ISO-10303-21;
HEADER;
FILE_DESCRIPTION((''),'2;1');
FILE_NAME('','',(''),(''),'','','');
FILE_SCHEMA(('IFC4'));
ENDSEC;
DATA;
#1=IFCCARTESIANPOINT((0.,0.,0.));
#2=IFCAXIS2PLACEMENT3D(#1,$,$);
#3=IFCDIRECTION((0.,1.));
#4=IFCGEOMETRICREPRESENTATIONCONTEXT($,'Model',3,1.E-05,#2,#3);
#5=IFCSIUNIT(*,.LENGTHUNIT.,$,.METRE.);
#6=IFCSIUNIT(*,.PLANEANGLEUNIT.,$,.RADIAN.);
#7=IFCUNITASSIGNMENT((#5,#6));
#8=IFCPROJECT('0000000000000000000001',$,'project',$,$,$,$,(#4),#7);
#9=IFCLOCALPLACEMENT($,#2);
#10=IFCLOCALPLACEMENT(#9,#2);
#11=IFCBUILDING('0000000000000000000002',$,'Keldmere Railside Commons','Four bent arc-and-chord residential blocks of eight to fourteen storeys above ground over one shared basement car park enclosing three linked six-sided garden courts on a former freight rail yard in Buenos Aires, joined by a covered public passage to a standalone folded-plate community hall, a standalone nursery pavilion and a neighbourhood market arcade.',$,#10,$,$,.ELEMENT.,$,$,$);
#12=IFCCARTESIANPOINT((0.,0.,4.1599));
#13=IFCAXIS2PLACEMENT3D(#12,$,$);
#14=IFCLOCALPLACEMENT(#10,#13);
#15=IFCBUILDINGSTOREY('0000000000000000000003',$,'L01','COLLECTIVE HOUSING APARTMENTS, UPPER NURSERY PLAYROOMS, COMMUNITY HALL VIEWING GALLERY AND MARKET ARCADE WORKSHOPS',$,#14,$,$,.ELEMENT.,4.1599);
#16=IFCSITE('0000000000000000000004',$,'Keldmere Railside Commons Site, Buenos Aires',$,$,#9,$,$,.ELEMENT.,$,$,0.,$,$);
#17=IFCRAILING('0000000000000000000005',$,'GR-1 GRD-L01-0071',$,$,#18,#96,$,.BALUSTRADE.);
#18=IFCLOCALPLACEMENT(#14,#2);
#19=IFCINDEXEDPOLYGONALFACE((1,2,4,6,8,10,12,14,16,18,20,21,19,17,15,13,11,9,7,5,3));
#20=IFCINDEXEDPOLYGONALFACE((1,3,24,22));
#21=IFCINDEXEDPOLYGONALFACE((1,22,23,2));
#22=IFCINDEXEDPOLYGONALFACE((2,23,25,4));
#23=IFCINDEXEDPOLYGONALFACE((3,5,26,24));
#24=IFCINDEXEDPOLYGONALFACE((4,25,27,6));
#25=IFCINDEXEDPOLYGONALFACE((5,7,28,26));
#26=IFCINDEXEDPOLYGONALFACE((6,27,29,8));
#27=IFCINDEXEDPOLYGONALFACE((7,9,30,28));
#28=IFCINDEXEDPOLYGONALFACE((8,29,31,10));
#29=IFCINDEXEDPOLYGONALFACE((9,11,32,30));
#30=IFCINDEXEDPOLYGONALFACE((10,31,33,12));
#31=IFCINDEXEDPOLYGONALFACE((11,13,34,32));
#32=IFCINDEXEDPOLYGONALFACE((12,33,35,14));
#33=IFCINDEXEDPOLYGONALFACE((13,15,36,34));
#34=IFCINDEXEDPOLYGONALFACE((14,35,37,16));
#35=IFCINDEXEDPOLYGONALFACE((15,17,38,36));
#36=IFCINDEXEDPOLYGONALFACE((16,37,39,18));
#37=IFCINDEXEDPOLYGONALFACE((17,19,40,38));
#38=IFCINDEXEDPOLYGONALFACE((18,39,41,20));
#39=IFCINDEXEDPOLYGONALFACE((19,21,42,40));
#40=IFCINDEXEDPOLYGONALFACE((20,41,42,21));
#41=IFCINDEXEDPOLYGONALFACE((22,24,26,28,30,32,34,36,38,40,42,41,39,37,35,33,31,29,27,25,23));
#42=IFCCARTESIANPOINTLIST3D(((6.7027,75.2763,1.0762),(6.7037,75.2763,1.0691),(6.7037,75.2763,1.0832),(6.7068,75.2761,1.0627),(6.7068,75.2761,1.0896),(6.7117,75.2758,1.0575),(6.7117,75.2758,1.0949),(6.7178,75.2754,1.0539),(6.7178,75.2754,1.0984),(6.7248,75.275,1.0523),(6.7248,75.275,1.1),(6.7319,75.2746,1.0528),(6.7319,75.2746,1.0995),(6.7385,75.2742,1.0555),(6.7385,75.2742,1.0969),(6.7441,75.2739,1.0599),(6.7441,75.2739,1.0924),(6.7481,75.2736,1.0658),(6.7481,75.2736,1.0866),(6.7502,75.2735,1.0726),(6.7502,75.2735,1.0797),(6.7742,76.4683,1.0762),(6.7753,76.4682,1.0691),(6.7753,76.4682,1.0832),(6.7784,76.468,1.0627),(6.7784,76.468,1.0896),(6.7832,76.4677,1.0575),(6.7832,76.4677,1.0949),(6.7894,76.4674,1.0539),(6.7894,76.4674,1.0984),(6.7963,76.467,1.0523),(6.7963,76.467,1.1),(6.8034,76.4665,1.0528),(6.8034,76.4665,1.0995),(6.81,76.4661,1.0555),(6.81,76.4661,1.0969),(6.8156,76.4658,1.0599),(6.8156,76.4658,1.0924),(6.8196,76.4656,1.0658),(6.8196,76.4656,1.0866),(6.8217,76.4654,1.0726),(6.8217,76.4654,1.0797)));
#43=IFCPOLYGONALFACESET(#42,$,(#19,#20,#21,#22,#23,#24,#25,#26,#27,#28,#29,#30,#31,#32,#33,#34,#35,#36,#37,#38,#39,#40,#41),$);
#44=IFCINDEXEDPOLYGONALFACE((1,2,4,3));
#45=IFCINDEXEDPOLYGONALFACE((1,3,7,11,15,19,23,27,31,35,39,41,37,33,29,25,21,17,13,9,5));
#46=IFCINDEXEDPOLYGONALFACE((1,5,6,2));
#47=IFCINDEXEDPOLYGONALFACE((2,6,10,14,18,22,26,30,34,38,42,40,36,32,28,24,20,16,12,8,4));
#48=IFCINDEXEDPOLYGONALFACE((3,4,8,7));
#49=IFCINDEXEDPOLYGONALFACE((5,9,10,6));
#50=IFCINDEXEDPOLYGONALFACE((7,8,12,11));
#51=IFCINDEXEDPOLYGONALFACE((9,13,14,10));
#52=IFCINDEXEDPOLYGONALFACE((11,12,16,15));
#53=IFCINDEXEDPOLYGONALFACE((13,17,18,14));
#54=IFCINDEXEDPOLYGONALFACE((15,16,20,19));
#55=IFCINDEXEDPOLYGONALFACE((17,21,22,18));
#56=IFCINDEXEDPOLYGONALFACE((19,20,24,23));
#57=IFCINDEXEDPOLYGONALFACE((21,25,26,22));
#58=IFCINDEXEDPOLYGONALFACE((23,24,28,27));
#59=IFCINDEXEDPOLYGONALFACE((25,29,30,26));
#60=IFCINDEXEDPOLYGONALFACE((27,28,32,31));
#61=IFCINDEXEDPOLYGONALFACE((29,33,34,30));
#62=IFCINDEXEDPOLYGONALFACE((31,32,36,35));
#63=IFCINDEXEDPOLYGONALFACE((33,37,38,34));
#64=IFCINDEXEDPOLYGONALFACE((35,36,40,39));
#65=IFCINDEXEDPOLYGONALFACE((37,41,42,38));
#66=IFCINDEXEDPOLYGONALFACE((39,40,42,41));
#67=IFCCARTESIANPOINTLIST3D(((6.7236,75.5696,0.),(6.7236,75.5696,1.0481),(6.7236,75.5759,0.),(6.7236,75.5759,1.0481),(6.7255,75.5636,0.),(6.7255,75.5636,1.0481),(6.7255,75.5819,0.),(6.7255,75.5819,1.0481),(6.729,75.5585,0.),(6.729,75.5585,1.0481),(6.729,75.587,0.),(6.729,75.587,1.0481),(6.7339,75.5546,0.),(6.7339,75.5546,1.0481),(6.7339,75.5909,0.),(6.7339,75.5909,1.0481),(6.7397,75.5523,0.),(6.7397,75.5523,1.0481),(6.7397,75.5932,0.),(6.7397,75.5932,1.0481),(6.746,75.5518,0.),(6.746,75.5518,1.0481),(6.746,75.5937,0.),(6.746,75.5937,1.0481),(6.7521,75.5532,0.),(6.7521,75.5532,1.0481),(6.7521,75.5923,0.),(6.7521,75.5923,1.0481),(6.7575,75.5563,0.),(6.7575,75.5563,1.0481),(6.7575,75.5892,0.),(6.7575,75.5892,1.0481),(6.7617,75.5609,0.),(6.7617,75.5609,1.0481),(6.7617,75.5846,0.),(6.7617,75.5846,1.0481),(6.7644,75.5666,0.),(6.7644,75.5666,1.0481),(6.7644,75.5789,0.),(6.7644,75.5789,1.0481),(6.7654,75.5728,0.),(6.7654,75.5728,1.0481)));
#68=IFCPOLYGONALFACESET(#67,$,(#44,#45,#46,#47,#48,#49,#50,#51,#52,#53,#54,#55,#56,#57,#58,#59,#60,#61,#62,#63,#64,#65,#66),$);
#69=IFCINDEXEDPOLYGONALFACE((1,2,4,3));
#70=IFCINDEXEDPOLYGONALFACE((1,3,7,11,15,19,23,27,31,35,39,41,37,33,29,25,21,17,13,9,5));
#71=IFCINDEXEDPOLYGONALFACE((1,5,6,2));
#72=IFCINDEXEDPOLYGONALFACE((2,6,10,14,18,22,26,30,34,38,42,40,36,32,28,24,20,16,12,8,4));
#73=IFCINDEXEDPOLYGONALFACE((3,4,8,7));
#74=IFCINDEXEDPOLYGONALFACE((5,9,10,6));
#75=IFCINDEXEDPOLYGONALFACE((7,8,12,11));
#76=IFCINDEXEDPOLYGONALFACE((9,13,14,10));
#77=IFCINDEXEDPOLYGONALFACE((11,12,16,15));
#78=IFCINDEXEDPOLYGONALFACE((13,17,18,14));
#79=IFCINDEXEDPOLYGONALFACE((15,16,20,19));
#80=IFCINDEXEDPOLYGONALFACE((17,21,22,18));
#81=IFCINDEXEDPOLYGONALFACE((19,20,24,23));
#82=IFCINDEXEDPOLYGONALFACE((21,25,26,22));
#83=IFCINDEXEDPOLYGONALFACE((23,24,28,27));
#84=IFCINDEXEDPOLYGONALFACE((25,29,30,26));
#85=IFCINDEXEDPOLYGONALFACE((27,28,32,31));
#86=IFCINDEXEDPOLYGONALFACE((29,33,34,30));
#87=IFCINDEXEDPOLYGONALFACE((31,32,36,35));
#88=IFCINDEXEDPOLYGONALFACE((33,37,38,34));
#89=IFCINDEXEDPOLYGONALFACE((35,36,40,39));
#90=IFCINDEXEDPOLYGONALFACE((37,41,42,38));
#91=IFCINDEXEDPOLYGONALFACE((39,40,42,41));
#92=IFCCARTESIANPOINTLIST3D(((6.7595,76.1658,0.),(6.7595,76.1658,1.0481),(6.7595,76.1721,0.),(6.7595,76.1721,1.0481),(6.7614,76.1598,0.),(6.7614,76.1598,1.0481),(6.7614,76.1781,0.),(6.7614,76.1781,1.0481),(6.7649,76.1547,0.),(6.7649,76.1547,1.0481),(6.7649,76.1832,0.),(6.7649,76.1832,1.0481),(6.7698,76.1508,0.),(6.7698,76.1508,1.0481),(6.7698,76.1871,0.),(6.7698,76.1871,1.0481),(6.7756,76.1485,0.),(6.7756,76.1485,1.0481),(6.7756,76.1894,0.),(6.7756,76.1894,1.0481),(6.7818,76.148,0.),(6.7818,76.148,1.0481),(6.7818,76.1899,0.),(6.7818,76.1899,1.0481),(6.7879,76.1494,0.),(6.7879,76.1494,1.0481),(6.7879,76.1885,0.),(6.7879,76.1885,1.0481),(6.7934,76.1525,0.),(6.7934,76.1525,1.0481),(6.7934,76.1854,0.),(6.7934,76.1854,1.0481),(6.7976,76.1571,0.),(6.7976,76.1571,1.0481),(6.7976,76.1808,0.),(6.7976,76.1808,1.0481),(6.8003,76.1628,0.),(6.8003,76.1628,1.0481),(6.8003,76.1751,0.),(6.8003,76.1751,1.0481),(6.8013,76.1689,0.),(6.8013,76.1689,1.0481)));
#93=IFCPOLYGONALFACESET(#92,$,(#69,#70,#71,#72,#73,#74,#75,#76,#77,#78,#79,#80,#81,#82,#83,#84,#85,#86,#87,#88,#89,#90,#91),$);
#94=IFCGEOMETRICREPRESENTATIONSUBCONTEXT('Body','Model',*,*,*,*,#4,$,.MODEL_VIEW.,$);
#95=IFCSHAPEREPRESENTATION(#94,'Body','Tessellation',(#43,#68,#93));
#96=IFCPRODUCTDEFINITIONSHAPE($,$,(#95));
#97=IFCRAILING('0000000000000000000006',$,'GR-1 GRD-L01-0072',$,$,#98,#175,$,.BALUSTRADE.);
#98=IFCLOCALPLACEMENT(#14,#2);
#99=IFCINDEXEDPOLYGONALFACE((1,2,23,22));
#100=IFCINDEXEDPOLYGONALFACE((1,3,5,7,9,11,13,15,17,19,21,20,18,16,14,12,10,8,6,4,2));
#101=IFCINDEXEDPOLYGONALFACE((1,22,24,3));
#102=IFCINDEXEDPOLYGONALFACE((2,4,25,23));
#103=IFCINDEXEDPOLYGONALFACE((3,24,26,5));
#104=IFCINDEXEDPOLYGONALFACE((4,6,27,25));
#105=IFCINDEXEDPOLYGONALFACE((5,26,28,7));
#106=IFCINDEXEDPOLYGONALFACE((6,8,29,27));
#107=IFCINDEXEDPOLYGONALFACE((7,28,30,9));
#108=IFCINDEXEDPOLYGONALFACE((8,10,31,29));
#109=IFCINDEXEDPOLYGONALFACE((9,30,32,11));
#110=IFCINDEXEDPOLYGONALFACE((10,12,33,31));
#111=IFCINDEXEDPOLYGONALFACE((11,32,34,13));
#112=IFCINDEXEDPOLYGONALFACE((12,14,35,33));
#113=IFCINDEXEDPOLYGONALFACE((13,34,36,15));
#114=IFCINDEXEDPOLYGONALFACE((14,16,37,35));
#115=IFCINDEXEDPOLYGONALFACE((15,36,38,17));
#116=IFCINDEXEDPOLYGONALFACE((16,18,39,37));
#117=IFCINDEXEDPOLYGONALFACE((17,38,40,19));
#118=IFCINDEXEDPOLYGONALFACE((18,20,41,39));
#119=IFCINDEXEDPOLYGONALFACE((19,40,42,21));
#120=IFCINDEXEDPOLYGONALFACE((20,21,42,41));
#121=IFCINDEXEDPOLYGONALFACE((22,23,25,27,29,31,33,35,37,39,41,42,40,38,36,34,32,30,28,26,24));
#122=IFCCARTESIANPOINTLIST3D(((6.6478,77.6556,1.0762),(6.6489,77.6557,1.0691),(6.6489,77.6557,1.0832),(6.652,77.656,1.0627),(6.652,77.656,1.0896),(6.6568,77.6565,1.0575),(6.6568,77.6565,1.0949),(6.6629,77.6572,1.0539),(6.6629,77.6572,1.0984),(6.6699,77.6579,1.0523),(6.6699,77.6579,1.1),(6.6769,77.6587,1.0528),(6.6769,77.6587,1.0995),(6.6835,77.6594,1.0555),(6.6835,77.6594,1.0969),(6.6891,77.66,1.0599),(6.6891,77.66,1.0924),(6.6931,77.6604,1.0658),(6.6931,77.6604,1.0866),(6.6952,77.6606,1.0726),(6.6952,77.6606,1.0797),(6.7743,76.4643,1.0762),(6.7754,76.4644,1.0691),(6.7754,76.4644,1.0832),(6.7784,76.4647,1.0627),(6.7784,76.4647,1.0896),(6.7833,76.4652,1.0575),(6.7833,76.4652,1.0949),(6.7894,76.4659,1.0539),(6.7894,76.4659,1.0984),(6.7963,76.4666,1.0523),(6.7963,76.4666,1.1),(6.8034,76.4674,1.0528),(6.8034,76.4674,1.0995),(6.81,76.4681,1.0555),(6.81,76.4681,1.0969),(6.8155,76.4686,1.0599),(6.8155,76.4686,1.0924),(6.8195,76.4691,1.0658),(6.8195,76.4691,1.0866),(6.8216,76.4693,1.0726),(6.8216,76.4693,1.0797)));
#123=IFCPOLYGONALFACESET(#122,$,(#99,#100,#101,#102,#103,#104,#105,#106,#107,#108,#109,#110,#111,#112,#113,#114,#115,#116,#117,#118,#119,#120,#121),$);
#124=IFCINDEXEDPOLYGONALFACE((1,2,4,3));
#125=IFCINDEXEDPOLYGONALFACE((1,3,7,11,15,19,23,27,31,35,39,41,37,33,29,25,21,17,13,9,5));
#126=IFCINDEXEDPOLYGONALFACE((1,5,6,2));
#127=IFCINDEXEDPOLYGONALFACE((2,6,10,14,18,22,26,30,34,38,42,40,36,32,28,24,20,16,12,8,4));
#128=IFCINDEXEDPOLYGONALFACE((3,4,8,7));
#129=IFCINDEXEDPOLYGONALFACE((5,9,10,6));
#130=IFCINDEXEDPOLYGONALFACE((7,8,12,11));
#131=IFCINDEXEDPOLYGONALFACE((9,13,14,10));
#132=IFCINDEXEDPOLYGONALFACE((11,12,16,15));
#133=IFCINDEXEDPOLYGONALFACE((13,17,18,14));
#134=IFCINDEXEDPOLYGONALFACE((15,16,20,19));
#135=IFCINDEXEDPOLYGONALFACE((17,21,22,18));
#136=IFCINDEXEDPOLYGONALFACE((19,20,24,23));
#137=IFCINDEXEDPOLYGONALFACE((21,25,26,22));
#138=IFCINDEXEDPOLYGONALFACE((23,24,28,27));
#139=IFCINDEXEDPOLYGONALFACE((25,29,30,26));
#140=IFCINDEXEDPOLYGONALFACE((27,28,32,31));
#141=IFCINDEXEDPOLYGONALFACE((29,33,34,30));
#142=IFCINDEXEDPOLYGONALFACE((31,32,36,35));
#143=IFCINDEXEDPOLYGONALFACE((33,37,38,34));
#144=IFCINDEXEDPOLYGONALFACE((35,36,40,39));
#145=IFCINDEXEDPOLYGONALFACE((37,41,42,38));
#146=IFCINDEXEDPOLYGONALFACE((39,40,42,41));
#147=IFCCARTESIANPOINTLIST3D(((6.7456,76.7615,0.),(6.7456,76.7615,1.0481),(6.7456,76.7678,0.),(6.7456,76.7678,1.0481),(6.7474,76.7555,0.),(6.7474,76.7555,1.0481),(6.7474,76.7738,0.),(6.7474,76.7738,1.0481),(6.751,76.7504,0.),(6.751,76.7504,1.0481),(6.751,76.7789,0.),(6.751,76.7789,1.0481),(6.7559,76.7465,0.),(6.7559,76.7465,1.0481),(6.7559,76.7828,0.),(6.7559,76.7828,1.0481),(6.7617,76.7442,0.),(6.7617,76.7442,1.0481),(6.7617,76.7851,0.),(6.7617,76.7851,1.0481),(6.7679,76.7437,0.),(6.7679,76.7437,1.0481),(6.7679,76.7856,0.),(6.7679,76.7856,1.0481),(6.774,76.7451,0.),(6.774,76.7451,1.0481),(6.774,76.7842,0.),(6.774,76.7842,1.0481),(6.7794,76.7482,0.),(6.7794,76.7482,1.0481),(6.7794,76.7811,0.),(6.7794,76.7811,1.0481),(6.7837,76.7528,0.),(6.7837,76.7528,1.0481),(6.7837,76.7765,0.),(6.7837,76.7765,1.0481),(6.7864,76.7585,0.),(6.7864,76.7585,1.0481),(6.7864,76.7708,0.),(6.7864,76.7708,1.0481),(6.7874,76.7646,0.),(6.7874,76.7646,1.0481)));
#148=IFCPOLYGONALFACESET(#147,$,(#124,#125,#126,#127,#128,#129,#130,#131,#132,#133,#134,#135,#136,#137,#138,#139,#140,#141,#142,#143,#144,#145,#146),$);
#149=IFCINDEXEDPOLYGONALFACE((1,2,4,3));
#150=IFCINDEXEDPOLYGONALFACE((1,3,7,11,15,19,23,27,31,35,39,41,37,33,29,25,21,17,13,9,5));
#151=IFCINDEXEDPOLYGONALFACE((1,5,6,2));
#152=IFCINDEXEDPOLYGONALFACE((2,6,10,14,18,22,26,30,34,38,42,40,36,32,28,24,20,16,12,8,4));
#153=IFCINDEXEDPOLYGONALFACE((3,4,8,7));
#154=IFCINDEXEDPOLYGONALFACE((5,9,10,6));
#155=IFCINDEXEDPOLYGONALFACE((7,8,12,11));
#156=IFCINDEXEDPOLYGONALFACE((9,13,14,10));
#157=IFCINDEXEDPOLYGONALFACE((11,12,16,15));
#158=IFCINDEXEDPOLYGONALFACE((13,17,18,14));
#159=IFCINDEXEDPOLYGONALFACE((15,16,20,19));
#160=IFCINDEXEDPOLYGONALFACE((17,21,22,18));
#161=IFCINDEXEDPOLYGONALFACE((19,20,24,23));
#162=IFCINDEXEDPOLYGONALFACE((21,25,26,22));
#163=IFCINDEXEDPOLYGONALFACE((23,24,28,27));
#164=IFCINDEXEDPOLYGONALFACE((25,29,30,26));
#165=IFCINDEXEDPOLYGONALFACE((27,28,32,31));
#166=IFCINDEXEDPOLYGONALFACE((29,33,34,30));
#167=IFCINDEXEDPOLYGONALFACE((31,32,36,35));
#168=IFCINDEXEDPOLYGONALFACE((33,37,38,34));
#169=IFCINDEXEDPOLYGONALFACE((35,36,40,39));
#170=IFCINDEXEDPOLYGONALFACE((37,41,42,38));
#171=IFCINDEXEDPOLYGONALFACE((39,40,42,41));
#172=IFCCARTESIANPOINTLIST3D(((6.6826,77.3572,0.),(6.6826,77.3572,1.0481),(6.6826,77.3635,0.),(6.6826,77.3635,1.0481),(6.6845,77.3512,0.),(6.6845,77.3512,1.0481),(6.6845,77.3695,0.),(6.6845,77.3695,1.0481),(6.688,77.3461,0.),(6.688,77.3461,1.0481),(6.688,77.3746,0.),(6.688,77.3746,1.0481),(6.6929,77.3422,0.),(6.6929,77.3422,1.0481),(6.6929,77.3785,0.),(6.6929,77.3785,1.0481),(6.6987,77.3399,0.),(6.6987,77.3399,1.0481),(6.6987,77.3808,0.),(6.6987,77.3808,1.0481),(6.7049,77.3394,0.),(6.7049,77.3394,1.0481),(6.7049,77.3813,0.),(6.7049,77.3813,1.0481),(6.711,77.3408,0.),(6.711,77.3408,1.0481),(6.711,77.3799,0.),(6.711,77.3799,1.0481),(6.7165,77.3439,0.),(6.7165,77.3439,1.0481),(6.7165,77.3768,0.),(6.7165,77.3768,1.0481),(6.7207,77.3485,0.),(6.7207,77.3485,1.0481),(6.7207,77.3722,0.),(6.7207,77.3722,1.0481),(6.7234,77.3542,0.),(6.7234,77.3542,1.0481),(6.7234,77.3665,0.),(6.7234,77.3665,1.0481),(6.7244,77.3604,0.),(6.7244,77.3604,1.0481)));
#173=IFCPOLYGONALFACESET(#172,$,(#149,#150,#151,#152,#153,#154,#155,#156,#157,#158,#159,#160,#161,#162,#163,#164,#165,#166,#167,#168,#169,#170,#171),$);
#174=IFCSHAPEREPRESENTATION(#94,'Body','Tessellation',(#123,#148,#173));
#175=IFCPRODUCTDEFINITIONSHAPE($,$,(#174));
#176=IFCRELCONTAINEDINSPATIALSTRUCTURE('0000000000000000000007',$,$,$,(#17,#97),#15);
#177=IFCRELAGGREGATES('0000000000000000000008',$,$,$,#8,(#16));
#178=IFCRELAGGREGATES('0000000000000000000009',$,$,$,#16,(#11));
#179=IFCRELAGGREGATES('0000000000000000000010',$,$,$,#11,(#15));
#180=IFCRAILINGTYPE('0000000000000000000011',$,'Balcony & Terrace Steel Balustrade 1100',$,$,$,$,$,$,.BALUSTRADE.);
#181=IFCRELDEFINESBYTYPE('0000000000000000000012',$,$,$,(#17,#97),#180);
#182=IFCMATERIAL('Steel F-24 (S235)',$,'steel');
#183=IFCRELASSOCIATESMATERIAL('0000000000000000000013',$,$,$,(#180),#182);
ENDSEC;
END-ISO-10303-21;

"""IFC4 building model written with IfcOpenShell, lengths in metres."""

from ifc_helpers import new_model, si_unit, direction, frame, origin, origin_2d, place, context, subcontext, project, spatial, circle, extrude, material, type_object, element, save


model = new_model("IFC4")

# Units and contexts
model_context = context("Model", 3, precision=1e-05, world=origin(), true_north=direction((0.0, 1.0)))
body_context = subcontext(model_context, "Body", "Model", "MODEL_VIEW")
ifc_project = project(units=[si_unit("LENGTHUNIT", "METRE"), si_unit("PLANEANGLEUNIT", "RADIAN")], contexts=[model_context])

# Site, building, storey
site_placement = place(None, origin())
site = spatial("IfcSite", under=ifc_project, at=site_placement, Name="Keldmere Railside Commons Site, Buenos Aires", CompositionType="ELEMENT", RefElevation=0.0)
building_placement = place(site_placement, origin())
building = spatial("IfcBuilding", under=site, at=building_placement, Name="Keldmere Railside Commons", Description="Four bent arc-and-chord residential blocks of eight to fourteen storeys above ground over one shared basement car park enclosing three linked six-sided garden courts on a former freight rail yard in Buenos Aires, joined by a covered public passage to a standalone folded-plate community hall, a standalone nursery pavilion and a neighbourhood market arcade.", CompositionType="ELEMENT")
storey_placement = place(building_placement, frame((0.0, 0.0, 4.1599)))
storey = spatial("IfcBuildingStorey", under=building, at=storey_placement, Name="L01", Description="COLLECTIVE HOUSING APARTMENTS, UPPER NURSERY PLAYROOMS, COMMUNITY HALL VIEWING GALLERY AND MARKET ARCADE WORKSHOPS", CompositionType="ELEMENT", Elevation=4.1599)

# Shared definitions
ifc_material_1 = material(Name="Steel F-24 (S235)", Category="steel")

# Railings
railing_type_1 = type_object("IfcRailingType", Name="Balcony & Terrace Steel Balustrade 1100", PredefinedType="BALUSTRADE", material=ifc_material_1)
railing_1_placement = place(storey_placement, frame((6.7266, 75.2749, 0.0)))
element("IfcRailing", 1, at=railing_1_placement, inside=storey, type_object=railing_type_1, Name="GR-1 GRD-L01-0071", PredefinedType="BALUSTRADE", context=body_context, shape_type="SweptSolid", body=[
    extrude(circle(Radius=0.0239, at=origin_2d()), frame((0.0, 0.0, 1.0762), z_axis=(0.059909, 0.998204, 0.0), x_axis=(-0.998204, 0.059909, 0.0)), (0.0, 0.0, 1.0), 1.1941),
    extrude(circle(Radius=0.021, at=origin_2d()), frame((0.0178, 0.2979, 0.0)), (0.0, 0.0, 1.0), 1.0481),
    extrude(circle(Radius=0.021, at=origin_2d()), frame((0.0537, 0.894, 0.0)), (0.0, 0.0, 1.0), 1.0481),
])
railing_2_placement = place(storey_placement, frame((6.7981, 76.4668, 0.0)))
element("IfcRailing", 2, at=railing_2_placement, inside=storey, type_object=railing_type_1, Name="GR-1 GRD-L01-0072", PredefinedType="BALUSTRADE", context=body_context, shape_type="SweptSolid", body=[
    extrude(circle(Radius=0.0239, at=origin_2d()), frame((0.0, 0.0, 1.0762), z_axis=(-0.105555, 0.994414, 0.0), x_axis=(-0.994414, -0.105555, 0.0)), (0.0, 0.0, 1.0), 1.198),
    extrude(circle(Radius=0.021, at=origin_2d()), frame((-0.0317, 0.2979, 0.0)), (0.0, 0.0, 1.0), 1.0481),
    extrude(circle(Radius=0.021, at=origin_2d()), frame((-0.0947, 0.8936, 0.0)), (0.0, 0.0, 1.0), 1.0481),
])

save(model, "model.ifc")
